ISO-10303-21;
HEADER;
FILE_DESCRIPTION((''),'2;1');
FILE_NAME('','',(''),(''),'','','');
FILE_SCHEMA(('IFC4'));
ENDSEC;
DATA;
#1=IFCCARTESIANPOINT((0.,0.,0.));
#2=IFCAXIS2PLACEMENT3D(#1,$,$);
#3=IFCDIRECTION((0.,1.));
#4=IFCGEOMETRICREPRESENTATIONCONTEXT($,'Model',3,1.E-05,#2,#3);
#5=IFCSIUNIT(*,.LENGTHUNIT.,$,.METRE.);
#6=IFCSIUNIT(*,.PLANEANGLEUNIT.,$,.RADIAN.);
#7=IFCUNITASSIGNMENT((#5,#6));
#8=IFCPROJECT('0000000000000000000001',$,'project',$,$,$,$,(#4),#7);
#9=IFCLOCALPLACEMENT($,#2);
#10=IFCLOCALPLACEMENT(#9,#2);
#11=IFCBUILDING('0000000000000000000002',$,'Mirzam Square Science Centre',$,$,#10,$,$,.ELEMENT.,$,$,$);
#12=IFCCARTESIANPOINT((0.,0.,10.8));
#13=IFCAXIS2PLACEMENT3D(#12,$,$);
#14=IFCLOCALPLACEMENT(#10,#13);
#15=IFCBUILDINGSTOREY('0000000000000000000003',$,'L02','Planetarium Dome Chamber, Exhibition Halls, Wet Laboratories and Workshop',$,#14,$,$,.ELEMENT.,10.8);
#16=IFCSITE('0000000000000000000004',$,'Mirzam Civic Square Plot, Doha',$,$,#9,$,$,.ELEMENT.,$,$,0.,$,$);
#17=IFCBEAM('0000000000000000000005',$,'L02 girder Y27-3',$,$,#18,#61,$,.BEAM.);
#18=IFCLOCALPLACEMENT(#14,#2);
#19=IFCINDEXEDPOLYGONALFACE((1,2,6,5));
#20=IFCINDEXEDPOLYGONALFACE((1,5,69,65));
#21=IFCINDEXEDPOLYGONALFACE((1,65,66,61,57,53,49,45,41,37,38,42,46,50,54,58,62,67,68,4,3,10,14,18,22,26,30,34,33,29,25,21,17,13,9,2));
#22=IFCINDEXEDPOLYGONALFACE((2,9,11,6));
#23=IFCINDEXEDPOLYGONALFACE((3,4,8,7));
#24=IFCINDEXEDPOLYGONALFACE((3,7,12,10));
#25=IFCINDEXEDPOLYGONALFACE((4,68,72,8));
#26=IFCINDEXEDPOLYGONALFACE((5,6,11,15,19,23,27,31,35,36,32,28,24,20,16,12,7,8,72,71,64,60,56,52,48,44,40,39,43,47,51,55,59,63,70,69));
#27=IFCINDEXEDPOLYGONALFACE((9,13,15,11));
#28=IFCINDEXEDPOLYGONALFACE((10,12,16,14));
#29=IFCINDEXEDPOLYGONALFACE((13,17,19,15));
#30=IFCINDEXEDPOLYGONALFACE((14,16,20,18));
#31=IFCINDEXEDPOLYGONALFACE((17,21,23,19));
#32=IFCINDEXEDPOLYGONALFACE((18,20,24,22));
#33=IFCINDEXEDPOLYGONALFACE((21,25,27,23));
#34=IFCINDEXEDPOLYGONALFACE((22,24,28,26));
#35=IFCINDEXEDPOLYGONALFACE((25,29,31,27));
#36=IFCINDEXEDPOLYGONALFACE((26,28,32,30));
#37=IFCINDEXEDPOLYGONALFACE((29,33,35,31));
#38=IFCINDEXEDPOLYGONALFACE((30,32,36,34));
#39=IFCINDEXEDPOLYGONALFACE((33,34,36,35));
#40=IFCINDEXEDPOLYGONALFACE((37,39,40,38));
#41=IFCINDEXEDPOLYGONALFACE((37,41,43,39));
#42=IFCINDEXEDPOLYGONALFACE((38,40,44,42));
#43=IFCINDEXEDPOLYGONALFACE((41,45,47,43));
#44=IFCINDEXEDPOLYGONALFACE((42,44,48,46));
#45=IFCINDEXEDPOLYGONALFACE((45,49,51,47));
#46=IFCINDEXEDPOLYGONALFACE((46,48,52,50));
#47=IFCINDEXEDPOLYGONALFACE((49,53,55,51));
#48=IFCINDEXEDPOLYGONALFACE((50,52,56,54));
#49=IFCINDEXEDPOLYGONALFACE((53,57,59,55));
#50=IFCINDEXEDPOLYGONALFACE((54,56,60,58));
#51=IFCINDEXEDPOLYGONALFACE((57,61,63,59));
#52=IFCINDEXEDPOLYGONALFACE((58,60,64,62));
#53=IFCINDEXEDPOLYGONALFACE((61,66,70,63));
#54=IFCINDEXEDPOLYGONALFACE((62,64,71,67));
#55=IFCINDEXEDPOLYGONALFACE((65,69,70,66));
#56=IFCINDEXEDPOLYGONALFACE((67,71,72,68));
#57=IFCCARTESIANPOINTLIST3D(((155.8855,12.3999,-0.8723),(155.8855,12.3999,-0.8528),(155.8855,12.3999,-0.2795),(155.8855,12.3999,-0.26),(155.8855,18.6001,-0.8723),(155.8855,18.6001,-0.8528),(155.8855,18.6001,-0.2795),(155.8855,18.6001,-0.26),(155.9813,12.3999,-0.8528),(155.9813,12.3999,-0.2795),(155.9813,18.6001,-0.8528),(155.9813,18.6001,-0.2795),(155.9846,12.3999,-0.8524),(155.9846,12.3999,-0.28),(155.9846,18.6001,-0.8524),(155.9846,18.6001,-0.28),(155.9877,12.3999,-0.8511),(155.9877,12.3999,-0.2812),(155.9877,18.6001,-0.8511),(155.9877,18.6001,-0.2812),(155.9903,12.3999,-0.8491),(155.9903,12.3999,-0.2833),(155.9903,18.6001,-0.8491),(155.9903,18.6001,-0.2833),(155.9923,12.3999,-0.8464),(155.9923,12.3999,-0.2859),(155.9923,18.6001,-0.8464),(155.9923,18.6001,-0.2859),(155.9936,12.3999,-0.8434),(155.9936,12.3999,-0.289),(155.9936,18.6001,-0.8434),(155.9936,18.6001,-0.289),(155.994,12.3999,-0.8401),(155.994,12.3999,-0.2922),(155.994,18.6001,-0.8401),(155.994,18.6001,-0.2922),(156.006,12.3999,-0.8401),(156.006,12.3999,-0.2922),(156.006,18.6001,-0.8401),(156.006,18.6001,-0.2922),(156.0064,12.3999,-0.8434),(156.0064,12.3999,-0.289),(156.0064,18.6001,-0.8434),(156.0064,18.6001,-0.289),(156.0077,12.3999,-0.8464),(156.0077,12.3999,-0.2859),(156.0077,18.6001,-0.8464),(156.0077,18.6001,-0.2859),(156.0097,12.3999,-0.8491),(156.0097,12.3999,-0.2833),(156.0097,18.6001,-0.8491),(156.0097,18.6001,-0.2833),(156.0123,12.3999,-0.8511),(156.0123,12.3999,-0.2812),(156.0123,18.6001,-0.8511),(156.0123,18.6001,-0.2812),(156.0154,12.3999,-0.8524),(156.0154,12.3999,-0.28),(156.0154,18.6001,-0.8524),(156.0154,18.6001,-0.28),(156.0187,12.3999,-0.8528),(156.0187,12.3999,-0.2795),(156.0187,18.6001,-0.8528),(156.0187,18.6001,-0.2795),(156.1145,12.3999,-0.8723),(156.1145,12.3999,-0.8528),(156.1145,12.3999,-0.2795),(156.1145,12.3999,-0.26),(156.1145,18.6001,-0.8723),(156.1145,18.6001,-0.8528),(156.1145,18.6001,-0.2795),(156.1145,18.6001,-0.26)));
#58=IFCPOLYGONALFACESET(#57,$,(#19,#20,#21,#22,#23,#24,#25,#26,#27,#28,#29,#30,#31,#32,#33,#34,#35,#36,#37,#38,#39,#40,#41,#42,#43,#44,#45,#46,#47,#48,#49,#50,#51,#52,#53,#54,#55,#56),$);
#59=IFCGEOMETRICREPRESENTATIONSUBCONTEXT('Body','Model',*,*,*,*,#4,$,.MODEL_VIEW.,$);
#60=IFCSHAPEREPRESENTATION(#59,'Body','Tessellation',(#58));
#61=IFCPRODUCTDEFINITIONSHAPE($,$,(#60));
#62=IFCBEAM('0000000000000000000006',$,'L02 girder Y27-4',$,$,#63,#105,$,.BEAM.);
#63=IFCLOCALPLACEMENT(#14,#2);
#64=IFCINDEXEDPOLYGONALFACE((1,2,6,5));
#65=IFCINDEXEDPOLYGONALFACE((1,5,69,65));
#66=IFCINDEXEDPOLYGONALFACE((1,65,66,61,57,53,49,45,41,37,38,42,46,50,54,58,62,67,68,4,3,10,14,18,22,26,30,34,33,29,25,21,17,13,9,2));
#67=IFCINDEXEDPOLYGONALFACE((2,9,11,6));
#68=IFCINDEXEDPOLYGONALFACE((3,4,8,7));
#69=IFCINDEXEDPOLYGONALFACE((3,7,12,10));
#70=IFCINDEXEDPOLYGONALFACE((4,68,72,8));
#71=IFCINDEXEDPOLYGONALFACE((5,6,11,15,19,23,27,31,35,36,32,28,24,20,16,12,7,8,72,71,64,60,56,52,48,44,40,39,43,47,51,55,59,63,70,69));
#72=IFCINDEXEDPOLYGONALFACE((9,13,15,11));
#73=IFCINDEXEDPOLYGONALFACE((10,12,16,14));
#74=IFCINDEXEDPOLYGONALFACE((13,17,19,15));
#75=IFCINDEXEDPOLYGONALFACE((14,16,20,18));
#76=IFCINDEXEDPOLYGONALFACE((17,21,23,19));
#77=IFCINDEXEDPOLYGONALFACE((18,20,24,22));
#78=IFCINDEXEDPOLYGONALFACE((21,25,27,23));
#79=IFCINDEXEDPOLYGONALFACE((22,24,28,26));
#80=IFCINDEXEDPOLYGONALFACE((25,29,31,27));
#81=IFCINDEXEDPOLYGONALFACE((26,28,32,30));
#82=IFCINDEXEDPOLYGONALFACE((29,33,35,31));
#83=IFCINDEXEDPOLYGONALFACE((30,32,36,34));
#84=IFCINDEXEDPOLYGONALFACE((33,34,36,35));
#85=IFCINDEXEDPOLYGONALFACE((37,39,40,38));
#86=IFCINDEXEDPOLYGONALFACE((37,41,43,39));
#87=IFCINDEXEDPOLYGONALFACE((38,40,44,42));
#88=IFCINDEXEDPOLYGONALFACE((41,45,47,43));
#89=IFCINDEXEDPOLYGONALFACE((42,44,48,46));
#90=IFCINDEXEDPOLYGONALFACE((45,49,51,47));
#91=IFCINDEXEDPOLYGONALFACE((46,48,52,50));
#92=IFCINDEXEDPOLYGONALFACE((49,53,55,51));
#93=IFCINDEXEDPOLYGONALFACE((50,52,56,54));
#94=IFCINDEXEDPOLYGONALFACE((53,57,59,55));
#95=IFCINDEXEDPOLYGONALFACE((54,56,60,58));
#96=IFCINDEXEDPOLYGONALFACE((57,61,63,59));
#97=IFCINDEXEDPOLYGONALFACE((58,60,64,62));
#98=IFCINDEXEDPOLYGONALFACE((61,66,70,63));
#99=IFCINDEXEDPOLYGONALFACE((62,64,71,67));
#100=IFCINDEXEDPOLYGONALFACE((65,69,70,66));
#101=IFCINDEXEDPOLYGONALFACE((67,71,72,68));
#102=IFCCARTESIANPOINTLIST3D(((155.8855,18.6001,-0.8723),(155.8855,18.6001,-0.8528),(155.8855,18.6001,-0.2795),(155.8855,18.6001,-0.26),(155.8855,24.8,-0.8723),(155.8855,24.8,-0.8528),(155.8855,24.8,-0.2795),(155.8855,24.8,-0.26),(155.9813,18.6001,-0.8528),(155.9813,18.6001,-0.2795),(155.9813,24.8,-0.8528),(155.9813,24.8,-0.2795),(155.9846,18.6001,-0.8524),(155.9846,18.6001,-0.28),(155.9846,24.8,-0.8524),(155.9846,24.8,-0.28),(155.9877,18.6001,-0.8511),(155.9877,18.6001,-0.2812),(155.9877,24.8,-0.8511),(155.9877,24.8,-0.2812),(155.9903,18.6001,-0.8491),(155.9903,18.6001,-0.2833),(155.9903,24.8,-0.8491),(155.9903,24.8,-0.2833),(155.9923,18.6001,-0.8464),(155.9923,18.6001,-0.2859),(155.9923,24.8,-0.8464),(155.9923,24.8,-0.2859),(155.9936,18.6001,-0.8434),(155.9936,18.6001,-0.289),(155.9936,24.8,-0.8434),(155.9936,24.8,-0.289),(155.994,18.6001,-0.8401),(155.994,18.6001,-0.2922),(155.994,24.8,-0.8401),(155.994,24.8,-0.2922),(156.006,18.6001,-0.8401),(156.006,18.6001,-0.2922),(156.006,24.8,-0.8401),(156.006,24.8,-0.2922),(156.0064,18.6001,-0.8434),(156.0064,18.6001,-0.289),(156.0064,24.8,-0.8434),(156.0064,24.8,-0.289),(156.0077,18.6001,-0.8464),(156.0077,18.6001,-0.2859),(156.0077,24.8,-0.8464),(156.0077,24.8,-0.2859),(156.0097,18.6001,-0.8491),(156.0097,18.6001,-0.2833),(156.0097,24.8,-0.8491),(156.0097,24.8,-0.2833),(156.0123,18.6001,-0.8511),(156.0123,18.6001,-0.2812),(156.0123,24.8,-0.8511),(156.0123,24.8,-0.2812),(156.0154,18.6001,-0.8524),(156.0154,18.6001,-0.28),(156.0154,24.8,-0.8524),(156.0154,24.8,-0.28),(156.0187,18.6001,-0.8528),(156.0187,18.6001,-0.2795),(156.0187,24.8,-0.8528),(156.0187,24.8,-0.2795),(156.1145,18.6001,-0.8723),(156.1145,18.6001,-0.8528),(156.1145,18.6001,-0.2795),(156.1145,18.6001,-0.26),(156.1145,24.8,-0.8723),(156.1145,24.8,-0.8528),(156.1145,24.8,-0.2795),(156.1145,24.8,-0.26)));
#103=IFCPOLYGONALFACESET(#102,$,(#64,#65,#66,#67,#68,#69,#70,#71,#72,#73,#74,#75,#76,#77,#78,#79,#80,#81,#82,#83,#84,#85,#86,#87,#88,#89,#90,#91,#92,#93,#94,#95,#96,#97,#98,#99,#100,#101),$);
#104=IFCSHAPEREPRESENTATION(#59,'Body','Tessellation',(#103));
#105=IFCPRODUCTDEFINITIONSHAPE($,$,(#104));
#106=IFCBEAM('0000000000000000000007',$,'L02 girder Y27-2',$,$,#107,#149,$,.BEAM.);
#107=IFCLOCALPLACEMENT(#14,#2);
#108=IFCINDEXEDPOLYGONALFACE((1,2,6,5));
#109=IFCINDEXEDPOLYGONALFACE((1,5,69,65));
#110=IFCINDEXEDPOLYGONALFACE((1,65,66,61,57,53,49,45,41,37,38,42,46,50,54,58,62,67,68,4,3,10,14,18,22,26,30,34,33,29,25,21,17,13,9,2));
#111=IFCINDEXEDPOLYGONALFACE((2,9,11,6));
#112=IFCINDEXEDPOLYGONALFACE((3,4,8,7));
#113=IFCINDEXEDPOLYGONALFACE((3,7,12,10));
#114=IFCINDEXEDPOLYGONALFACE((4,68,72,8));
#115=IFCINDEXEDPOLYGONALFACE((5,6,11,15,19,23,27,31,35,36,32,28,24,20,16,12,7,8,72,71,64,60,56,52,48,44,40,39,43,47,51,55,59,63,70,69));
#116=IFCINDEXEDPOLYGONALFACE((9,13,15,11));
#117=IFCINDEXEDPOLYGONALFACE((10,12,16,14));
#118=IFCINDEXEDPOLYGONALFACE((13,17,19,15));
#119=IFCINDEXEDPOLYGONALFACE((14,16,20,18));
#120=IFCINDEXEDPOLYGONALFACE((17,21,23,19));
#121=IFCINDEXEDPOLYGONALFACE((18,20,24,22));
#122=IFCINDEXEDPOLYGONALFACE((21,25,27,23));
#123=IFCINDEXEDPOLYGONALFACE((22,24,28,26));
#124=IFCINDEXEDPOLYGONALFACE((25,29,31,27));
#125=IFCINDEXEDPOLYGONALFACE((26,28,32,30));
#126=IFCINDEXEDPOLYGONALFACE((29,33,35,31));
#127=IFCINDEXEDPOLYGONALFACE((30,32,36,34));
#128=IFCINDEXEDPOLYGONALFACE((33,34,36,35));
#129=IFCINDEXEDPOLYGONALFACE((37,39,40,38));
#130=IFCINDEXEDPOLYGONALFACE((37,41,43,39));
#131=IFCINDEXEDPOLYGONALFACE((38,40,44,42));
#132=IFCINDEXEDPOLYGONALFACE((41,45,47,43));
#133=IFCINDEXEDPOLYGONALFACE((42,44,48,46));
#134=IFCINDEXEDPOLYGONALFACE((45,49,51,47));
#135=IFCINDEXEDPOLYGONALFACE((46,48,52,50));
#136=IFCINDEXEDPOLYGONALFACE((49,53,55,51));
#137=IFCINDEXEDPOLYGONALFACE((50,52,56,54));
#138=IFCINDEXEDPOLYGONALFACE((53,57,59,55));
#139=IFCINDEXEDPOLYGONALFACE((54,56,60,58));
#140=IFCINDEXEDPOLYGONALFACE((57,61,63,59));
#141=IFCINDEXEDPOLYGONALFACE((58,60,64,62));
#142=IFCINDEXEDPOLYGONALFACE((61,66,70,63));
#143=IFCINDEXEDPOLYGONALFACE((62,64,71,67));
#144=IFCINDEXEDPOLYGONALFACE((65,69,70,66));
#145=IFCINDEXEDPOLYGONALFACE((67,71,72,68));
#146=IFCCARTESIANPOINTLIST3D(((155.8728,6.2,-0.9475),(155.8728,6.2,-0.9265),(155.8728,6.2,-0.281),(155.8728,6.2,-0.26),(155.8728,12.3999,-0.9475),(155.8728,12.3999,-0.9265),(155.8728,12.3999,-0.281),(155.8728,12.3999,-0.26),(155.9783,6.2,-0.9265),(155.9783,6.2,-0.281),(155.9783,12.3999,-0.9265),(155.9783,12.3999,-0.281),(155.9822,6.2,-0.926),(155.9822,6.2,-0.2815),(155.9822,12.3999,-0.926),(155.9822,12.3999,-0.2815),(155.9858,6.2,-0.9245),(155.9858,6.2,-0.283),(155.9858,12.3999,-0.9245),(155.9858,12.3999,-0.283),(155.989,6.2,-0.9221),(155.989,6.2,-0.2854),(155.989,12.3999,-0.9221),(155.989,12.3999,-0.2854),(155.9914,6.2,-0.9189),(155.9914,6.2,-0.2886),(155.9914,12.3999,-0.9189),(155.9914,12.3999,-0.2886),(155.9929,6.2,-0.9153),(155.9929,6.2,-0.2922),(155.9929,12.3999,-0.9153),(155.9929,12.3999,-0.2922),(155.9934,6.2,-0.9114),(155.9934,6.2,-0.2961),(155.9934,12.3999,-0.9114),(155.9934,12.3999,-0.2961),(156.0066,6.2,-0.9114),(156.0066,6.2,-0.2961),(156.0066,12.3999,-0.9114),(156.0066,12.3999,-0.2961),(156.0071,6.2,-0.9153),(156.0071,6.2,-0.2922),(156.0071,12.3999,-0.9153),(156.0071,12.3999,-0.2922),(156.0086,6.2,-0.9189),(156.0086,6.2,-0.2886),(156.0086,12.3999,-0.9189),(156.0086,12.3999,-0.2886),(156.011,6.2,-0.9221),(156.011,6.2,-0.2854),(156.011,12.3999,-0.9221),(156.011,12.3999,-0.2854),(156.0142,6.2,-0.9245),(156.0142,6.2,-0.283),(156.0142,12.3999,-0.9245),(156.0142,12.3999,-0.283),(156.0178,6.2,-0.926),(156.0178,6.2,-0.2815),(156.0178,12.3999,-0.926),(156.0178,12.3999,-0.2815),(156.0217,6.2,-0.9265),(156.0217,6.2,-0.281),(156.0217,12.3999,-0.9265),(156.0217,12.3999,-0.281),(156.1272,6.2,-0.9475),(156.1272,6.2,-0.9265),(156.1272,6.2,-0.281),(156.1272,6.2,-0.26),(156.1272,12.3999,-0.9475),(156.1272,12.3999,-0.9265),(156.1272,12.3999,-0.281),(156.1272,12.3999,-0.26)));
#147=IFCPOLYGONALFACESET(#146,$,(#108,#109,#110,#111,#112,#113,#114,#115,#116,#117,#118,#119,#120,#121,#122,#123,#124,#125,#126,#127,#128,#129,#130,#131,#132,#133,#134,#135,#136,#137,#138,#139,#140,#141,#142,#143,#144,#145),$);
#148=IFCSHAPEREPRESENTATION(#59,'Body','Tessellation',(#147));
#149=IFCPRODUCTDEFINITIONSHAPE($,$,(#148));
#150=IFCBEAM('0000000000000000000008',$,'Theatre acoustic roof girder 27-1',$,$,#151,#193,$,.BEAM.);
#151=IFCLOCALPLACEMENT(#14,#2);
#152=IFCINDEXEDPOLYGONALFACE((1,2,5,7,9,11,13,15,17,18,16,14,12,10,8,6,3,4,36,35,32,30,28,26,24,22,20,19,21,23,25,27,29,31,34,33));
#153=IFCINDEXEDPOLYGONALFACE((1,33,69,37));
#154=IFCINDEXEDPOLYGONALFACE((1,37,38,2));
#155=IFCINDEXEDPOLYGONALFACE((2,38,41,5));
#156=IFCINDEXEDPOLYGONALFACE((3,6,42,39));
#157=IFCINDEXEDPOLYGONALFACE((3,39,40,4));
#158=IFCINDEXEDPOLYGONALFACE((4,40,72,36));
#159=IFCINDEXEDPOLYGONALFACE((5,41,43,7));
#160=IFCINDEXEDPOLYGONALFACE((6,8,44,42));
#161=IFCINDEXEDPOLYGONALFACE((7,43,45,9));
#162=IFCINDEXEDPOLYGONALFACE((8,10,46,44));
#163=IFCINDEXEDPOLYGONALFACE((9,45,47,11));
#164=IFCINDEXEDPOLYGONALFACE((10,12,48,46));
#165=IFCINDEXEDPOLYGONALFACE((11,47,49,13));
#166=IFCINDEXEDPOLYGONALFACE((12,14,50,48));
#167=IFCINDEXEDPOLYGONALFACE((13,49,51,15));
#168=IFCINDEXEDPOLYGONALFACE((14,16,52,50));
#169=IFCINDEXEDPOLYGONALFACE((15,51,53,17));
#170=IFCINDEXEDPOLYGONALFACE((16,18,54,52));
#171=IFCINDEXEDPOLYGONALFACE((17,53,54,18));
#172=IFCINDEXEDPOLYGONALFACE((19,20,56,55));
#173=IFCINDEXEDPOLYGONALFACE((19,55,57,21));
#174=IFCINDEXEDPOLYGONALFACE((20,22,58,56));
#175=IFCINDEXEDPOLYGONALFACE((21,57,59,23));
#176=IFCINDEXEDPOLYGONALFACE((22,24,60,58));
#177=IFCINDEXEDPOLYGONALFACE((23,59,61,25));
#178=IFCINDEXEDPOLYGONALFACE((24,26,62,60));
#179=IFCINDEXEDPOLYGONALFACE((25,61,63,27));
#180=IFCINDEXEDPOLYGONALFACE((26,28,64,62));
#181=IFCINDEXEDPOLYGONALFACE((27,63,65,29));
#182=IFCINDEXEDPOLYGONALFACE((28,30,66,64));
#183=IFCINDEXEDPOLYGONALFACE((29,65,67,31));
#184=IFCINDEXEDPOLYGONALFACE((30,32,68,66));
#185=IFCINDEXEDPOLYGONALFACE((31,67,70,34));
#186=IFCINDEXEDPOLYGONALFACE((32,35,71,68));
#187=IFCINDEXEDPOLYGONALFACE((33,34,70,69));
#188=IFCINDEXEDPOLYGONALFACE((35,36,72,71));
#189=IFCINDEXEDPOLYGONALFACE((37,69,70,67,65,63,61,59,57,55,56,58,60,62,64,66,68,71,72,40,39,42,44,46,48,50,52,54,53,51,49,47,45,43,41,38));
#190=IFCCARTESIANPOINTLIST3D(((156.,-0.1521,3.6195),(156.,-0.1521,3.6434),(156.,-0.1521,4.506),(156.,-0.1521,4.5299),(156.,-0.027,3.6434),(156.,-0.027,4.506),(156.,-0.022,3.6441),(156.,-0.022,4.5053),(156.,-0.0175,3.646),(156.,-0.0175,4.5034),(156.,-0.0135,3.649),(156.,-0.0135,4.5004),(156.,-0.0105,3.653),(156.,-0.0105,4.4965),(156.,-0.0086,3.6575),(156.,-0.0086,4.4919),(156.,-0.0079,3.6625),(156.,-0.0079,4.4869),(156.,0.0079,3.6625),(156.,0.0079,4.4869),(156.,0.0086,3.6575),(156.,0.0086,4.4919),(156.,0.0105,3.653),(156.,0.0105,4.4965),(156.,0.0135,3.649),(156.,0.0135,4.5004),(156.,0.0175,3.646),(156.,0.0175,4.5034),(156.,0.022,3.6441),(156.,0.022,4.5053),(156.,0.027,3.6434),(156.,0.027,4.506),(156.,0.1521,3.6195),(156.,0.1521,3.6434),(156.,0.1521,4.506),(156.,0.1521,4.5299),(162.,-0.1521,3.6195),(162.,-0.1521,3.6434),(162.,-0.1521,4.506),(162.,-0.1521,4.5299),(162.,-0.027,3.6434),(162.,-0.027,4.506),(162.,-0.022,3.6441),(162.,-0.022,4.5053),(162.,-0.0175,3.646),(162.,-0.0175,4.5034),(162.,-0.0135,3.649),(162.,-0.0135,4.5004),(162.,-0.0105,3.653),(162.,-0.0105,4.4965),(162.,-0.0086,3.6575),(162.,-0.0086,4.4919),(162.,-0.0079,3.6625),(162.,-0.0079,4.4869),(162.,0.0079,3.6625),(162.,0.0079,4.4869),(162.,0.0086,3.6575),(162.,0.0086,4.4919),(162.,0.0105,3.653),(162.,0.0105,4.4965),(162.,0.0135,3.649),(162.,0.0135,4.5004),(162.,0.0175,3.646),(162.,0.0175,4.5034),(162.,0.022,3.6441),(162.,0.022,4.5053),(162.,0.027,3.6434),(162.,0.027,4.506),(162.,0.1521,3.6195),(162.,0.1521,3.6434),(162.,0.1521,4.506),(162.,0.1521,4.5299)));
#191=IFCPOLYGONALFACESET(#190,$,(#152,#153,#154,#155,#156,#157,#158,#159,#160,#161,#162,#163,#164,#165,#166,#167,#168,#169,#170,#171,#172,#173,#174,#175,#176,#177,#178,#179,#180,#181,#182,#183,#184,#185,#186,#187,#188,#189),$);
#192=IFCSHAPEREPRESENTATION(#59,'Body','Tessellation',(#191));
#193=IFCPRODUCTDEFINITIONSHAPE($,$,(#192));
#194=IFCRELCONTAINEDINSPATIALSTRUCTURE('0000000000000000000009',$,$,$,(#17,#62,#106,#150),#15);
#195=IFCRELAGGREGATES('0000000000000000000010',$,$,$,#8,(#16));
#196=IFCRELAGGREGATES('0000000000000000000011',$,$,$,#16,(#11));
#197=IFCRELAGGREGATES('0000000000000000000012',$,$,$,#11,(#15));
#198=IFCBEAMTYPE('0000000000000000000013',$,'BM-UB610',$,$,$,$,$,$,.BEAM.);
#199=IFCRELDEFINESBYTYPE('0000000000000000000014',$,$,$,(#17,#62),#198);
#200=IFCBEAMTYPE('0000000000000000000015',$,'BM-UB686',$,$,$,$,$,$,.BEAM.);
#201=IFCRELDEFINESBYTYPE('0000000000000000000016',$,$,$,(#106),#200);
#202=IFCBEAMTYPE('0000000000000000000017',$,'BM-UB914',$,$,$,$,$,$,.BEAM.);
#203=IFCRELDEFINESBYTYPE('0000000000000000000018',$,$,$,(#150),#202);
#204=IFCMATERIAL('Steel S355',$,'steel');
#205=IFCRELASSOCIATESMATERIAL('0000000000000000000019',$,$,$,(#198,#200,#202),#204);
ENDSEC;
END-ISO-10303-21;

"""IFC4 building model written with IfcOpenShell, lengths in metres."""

from ifc_helpers import new_model, si_unit, direction, frame, origin, origin_2d, place, context, subcontext, project, spatial, i_section, extrude, material, material_profile, profile_set, type_object, element, save


model = new_model("IFC4")

# Units and contexts
model_context = context("Model", 3, precision=1e-05, world=origin(), true_north=direction((0.0, 1.0)))
body_context = subcontext(model_context, "Body", "Model", "MODEL_VIEW")
ifc_project = project(units=[si_unit("LENGTHUNIT", "METRE"), si_unit("PLANEANGLEUNIT", "RADIAN")], contexts=[model_context])

# Site, building, storey
site_placement = place(None, origin())
site = spatial("IfcSite", under=ifc_project, at=site_placement, Name="Mirzam Civic Square Plot, Doha", CompositionType="ELEMENT", RefElevation=0.0)
building_placement = place(site_placement, origin())
building = spatial("IfcBuilding", under=site, at=building_placement, Name="Mirzam Square Science Centre", CompositionType="ELEMENT")
storey_placement = place(building_placement, frame((0.0, 0.0, 10.8)))
storey = spatial("IfcBuildingStorey", under=building, at=storey_placement, Name="L02", Description="Planetarium Dome Chamber, Exhibition Halls, Wet Laboratories and Workshop", CompositionType="ELEMENT", Elevation=10.8)

# Shared definitions
ifc_material_1 = material(Name="Steel S355", Category="steel")

# Beams
ifc_material_profile_1 = material_profile(ifc_material_1, i_section(OverallWidth=0.229, OverallDepth=0.6123, WebThickness=0.012, FlangeThickness=0.0195, FilletRadius=0.0127, at=origin_2d()), Name="610x229x125UB")
ifc_profile_set_1 = profile_set([ifc_material_profile_1], Name="Steel S355")
beam_type_1 = type_object("IfcBeamType", Name="BM-UB610", PredefinedType="BEAM", material=ifc_profile_set_1)
beam_1_placement = place(storey_placement, frame((156.0, 12.3999, -0.5662), z_axis=(0.0, 1.0, 0.0), x_axis=(-1.0, 0.0, 0.0)))
element("IfcBeam", 1, at=beam_1_placement, inside=storey, type_object=beam_type_1, Name="L02 girder Y27-3", PredefinedType="BEAM", context=body_context, shape_type="SweptSolid", body=[
    extrude(i_section(OverallWidth=0.229, OverallDepth=0.6123, WebThickness=0.012, FlangeThickness=0.0195, FilletRadius=0.0127, at=origin_2d()), origin(), (0.0, 0.0, 1.0), 6.2002),
])
beam_2_placement = place(storey_placement, frame((156.0, 18.6001, -0.5662), z_axis=(0.0, 1.0, 0.0), x_axis=(-1.0, 0.0, 0.0)))
element("IfcBeam", 2, at=beam_2_placement, inside=storey, type_object=beam_type_1, Name="L02 girder Y27-4", PredefinedType="BEAM", context=body_context, shape_type="SweptSolid", body=[
    extrude(i_section(OverallWidth=0.229, OverallDepth=0.6123, WebThickness=0.012, FlangeThickness=0.0195, FilletRadius=0.0127, at=origin_2d()), origin(), (0.0, 0.0, 1.0), 6.2),
])
ifc_material_profile_2 = material_profile(ifc_material_1, i_section(OverallWidth=0.2544, OverallDepth=0.6875, WebThickness=0.0132, FlangeThickness=0.021, FilletRadius=0.0151, at=origin_2d()), Name="686x254x152UB")
ifc_profile_set_2 = profile_set([ifc_material_profile_2], Name="Steel S355")
beam_type_2 = type_object("IfcBeamType", Name="BM-UB686", PredefinedType="BEAM", material=ifc_profile_set_2)
beam_3_placement = place(storey_placement, frame((156.0, 6.2, -0.6038), z_axis=(0.0, 1.0, 0.0), x_axis=(-1.0, 0.0, 0.0)))
element("IfcBeam", 3, at=beam_3_placement, inside=storey, type_object=beam_type_2, Name="L02 girder Y27-2", PredefinedType="BEAM", context=body_context, shape_type="SweptSolid", body=[
    extrude(i_section(OverallWidth=0.2544, OverallDepth=0.6875, WebThickness=0.0132, FlangeThickness=0.021, FilletRadius=0.0151, at=origin_2d()), origin(), (0.0, 0.0, 1.0), 6.2),
])
ifc_material_profile_3 = material_profile(ifc_material_1, i_section(OverallWidth=0.3042, OverallDepth=0.9104, WebThickness=0.0159, FlangeThickness=0.0239, FilletRadius=0.019, at=origin_2d()), Name="914x305x224UB")
ifc_profile_set_3 = profile_set([ifc_material_profile_3], Name="Steel S355")
beam_type_3 = type_object("IfcBeamType", Name="BM-UB914", PredefinedType="BEAM", material=ifc_profile_set_3)
for number, where, z_axis, x_axis, name in (
    (4, (156.0, 0.0, 4.0747), (1.0, 0.0, 0.0), (0.0, 1.0, 0.0), "Theatre acoustic roof girder 27-1"),
):
    element("IfcBeam", number, at=place(storey_placement, frame(where, z_axis=z_axis, x_axis=x_axis)), inside=storey, type_object=beam_type_3, Name=name, PredefinedType="BEAM", context=body_context, shape_type="SweptSolid", body=[
        extrude(i_section(OverallWidth=0.3042, OverallDepth=0.9104, WebThickness=0.0159, FlangeThickness=0.0239, FilletRadius=0.019, at=origin_2d()), origin(), (0.0, 0.0, 1.0), 6.0),
    ])

save(model, "model.ifc")
